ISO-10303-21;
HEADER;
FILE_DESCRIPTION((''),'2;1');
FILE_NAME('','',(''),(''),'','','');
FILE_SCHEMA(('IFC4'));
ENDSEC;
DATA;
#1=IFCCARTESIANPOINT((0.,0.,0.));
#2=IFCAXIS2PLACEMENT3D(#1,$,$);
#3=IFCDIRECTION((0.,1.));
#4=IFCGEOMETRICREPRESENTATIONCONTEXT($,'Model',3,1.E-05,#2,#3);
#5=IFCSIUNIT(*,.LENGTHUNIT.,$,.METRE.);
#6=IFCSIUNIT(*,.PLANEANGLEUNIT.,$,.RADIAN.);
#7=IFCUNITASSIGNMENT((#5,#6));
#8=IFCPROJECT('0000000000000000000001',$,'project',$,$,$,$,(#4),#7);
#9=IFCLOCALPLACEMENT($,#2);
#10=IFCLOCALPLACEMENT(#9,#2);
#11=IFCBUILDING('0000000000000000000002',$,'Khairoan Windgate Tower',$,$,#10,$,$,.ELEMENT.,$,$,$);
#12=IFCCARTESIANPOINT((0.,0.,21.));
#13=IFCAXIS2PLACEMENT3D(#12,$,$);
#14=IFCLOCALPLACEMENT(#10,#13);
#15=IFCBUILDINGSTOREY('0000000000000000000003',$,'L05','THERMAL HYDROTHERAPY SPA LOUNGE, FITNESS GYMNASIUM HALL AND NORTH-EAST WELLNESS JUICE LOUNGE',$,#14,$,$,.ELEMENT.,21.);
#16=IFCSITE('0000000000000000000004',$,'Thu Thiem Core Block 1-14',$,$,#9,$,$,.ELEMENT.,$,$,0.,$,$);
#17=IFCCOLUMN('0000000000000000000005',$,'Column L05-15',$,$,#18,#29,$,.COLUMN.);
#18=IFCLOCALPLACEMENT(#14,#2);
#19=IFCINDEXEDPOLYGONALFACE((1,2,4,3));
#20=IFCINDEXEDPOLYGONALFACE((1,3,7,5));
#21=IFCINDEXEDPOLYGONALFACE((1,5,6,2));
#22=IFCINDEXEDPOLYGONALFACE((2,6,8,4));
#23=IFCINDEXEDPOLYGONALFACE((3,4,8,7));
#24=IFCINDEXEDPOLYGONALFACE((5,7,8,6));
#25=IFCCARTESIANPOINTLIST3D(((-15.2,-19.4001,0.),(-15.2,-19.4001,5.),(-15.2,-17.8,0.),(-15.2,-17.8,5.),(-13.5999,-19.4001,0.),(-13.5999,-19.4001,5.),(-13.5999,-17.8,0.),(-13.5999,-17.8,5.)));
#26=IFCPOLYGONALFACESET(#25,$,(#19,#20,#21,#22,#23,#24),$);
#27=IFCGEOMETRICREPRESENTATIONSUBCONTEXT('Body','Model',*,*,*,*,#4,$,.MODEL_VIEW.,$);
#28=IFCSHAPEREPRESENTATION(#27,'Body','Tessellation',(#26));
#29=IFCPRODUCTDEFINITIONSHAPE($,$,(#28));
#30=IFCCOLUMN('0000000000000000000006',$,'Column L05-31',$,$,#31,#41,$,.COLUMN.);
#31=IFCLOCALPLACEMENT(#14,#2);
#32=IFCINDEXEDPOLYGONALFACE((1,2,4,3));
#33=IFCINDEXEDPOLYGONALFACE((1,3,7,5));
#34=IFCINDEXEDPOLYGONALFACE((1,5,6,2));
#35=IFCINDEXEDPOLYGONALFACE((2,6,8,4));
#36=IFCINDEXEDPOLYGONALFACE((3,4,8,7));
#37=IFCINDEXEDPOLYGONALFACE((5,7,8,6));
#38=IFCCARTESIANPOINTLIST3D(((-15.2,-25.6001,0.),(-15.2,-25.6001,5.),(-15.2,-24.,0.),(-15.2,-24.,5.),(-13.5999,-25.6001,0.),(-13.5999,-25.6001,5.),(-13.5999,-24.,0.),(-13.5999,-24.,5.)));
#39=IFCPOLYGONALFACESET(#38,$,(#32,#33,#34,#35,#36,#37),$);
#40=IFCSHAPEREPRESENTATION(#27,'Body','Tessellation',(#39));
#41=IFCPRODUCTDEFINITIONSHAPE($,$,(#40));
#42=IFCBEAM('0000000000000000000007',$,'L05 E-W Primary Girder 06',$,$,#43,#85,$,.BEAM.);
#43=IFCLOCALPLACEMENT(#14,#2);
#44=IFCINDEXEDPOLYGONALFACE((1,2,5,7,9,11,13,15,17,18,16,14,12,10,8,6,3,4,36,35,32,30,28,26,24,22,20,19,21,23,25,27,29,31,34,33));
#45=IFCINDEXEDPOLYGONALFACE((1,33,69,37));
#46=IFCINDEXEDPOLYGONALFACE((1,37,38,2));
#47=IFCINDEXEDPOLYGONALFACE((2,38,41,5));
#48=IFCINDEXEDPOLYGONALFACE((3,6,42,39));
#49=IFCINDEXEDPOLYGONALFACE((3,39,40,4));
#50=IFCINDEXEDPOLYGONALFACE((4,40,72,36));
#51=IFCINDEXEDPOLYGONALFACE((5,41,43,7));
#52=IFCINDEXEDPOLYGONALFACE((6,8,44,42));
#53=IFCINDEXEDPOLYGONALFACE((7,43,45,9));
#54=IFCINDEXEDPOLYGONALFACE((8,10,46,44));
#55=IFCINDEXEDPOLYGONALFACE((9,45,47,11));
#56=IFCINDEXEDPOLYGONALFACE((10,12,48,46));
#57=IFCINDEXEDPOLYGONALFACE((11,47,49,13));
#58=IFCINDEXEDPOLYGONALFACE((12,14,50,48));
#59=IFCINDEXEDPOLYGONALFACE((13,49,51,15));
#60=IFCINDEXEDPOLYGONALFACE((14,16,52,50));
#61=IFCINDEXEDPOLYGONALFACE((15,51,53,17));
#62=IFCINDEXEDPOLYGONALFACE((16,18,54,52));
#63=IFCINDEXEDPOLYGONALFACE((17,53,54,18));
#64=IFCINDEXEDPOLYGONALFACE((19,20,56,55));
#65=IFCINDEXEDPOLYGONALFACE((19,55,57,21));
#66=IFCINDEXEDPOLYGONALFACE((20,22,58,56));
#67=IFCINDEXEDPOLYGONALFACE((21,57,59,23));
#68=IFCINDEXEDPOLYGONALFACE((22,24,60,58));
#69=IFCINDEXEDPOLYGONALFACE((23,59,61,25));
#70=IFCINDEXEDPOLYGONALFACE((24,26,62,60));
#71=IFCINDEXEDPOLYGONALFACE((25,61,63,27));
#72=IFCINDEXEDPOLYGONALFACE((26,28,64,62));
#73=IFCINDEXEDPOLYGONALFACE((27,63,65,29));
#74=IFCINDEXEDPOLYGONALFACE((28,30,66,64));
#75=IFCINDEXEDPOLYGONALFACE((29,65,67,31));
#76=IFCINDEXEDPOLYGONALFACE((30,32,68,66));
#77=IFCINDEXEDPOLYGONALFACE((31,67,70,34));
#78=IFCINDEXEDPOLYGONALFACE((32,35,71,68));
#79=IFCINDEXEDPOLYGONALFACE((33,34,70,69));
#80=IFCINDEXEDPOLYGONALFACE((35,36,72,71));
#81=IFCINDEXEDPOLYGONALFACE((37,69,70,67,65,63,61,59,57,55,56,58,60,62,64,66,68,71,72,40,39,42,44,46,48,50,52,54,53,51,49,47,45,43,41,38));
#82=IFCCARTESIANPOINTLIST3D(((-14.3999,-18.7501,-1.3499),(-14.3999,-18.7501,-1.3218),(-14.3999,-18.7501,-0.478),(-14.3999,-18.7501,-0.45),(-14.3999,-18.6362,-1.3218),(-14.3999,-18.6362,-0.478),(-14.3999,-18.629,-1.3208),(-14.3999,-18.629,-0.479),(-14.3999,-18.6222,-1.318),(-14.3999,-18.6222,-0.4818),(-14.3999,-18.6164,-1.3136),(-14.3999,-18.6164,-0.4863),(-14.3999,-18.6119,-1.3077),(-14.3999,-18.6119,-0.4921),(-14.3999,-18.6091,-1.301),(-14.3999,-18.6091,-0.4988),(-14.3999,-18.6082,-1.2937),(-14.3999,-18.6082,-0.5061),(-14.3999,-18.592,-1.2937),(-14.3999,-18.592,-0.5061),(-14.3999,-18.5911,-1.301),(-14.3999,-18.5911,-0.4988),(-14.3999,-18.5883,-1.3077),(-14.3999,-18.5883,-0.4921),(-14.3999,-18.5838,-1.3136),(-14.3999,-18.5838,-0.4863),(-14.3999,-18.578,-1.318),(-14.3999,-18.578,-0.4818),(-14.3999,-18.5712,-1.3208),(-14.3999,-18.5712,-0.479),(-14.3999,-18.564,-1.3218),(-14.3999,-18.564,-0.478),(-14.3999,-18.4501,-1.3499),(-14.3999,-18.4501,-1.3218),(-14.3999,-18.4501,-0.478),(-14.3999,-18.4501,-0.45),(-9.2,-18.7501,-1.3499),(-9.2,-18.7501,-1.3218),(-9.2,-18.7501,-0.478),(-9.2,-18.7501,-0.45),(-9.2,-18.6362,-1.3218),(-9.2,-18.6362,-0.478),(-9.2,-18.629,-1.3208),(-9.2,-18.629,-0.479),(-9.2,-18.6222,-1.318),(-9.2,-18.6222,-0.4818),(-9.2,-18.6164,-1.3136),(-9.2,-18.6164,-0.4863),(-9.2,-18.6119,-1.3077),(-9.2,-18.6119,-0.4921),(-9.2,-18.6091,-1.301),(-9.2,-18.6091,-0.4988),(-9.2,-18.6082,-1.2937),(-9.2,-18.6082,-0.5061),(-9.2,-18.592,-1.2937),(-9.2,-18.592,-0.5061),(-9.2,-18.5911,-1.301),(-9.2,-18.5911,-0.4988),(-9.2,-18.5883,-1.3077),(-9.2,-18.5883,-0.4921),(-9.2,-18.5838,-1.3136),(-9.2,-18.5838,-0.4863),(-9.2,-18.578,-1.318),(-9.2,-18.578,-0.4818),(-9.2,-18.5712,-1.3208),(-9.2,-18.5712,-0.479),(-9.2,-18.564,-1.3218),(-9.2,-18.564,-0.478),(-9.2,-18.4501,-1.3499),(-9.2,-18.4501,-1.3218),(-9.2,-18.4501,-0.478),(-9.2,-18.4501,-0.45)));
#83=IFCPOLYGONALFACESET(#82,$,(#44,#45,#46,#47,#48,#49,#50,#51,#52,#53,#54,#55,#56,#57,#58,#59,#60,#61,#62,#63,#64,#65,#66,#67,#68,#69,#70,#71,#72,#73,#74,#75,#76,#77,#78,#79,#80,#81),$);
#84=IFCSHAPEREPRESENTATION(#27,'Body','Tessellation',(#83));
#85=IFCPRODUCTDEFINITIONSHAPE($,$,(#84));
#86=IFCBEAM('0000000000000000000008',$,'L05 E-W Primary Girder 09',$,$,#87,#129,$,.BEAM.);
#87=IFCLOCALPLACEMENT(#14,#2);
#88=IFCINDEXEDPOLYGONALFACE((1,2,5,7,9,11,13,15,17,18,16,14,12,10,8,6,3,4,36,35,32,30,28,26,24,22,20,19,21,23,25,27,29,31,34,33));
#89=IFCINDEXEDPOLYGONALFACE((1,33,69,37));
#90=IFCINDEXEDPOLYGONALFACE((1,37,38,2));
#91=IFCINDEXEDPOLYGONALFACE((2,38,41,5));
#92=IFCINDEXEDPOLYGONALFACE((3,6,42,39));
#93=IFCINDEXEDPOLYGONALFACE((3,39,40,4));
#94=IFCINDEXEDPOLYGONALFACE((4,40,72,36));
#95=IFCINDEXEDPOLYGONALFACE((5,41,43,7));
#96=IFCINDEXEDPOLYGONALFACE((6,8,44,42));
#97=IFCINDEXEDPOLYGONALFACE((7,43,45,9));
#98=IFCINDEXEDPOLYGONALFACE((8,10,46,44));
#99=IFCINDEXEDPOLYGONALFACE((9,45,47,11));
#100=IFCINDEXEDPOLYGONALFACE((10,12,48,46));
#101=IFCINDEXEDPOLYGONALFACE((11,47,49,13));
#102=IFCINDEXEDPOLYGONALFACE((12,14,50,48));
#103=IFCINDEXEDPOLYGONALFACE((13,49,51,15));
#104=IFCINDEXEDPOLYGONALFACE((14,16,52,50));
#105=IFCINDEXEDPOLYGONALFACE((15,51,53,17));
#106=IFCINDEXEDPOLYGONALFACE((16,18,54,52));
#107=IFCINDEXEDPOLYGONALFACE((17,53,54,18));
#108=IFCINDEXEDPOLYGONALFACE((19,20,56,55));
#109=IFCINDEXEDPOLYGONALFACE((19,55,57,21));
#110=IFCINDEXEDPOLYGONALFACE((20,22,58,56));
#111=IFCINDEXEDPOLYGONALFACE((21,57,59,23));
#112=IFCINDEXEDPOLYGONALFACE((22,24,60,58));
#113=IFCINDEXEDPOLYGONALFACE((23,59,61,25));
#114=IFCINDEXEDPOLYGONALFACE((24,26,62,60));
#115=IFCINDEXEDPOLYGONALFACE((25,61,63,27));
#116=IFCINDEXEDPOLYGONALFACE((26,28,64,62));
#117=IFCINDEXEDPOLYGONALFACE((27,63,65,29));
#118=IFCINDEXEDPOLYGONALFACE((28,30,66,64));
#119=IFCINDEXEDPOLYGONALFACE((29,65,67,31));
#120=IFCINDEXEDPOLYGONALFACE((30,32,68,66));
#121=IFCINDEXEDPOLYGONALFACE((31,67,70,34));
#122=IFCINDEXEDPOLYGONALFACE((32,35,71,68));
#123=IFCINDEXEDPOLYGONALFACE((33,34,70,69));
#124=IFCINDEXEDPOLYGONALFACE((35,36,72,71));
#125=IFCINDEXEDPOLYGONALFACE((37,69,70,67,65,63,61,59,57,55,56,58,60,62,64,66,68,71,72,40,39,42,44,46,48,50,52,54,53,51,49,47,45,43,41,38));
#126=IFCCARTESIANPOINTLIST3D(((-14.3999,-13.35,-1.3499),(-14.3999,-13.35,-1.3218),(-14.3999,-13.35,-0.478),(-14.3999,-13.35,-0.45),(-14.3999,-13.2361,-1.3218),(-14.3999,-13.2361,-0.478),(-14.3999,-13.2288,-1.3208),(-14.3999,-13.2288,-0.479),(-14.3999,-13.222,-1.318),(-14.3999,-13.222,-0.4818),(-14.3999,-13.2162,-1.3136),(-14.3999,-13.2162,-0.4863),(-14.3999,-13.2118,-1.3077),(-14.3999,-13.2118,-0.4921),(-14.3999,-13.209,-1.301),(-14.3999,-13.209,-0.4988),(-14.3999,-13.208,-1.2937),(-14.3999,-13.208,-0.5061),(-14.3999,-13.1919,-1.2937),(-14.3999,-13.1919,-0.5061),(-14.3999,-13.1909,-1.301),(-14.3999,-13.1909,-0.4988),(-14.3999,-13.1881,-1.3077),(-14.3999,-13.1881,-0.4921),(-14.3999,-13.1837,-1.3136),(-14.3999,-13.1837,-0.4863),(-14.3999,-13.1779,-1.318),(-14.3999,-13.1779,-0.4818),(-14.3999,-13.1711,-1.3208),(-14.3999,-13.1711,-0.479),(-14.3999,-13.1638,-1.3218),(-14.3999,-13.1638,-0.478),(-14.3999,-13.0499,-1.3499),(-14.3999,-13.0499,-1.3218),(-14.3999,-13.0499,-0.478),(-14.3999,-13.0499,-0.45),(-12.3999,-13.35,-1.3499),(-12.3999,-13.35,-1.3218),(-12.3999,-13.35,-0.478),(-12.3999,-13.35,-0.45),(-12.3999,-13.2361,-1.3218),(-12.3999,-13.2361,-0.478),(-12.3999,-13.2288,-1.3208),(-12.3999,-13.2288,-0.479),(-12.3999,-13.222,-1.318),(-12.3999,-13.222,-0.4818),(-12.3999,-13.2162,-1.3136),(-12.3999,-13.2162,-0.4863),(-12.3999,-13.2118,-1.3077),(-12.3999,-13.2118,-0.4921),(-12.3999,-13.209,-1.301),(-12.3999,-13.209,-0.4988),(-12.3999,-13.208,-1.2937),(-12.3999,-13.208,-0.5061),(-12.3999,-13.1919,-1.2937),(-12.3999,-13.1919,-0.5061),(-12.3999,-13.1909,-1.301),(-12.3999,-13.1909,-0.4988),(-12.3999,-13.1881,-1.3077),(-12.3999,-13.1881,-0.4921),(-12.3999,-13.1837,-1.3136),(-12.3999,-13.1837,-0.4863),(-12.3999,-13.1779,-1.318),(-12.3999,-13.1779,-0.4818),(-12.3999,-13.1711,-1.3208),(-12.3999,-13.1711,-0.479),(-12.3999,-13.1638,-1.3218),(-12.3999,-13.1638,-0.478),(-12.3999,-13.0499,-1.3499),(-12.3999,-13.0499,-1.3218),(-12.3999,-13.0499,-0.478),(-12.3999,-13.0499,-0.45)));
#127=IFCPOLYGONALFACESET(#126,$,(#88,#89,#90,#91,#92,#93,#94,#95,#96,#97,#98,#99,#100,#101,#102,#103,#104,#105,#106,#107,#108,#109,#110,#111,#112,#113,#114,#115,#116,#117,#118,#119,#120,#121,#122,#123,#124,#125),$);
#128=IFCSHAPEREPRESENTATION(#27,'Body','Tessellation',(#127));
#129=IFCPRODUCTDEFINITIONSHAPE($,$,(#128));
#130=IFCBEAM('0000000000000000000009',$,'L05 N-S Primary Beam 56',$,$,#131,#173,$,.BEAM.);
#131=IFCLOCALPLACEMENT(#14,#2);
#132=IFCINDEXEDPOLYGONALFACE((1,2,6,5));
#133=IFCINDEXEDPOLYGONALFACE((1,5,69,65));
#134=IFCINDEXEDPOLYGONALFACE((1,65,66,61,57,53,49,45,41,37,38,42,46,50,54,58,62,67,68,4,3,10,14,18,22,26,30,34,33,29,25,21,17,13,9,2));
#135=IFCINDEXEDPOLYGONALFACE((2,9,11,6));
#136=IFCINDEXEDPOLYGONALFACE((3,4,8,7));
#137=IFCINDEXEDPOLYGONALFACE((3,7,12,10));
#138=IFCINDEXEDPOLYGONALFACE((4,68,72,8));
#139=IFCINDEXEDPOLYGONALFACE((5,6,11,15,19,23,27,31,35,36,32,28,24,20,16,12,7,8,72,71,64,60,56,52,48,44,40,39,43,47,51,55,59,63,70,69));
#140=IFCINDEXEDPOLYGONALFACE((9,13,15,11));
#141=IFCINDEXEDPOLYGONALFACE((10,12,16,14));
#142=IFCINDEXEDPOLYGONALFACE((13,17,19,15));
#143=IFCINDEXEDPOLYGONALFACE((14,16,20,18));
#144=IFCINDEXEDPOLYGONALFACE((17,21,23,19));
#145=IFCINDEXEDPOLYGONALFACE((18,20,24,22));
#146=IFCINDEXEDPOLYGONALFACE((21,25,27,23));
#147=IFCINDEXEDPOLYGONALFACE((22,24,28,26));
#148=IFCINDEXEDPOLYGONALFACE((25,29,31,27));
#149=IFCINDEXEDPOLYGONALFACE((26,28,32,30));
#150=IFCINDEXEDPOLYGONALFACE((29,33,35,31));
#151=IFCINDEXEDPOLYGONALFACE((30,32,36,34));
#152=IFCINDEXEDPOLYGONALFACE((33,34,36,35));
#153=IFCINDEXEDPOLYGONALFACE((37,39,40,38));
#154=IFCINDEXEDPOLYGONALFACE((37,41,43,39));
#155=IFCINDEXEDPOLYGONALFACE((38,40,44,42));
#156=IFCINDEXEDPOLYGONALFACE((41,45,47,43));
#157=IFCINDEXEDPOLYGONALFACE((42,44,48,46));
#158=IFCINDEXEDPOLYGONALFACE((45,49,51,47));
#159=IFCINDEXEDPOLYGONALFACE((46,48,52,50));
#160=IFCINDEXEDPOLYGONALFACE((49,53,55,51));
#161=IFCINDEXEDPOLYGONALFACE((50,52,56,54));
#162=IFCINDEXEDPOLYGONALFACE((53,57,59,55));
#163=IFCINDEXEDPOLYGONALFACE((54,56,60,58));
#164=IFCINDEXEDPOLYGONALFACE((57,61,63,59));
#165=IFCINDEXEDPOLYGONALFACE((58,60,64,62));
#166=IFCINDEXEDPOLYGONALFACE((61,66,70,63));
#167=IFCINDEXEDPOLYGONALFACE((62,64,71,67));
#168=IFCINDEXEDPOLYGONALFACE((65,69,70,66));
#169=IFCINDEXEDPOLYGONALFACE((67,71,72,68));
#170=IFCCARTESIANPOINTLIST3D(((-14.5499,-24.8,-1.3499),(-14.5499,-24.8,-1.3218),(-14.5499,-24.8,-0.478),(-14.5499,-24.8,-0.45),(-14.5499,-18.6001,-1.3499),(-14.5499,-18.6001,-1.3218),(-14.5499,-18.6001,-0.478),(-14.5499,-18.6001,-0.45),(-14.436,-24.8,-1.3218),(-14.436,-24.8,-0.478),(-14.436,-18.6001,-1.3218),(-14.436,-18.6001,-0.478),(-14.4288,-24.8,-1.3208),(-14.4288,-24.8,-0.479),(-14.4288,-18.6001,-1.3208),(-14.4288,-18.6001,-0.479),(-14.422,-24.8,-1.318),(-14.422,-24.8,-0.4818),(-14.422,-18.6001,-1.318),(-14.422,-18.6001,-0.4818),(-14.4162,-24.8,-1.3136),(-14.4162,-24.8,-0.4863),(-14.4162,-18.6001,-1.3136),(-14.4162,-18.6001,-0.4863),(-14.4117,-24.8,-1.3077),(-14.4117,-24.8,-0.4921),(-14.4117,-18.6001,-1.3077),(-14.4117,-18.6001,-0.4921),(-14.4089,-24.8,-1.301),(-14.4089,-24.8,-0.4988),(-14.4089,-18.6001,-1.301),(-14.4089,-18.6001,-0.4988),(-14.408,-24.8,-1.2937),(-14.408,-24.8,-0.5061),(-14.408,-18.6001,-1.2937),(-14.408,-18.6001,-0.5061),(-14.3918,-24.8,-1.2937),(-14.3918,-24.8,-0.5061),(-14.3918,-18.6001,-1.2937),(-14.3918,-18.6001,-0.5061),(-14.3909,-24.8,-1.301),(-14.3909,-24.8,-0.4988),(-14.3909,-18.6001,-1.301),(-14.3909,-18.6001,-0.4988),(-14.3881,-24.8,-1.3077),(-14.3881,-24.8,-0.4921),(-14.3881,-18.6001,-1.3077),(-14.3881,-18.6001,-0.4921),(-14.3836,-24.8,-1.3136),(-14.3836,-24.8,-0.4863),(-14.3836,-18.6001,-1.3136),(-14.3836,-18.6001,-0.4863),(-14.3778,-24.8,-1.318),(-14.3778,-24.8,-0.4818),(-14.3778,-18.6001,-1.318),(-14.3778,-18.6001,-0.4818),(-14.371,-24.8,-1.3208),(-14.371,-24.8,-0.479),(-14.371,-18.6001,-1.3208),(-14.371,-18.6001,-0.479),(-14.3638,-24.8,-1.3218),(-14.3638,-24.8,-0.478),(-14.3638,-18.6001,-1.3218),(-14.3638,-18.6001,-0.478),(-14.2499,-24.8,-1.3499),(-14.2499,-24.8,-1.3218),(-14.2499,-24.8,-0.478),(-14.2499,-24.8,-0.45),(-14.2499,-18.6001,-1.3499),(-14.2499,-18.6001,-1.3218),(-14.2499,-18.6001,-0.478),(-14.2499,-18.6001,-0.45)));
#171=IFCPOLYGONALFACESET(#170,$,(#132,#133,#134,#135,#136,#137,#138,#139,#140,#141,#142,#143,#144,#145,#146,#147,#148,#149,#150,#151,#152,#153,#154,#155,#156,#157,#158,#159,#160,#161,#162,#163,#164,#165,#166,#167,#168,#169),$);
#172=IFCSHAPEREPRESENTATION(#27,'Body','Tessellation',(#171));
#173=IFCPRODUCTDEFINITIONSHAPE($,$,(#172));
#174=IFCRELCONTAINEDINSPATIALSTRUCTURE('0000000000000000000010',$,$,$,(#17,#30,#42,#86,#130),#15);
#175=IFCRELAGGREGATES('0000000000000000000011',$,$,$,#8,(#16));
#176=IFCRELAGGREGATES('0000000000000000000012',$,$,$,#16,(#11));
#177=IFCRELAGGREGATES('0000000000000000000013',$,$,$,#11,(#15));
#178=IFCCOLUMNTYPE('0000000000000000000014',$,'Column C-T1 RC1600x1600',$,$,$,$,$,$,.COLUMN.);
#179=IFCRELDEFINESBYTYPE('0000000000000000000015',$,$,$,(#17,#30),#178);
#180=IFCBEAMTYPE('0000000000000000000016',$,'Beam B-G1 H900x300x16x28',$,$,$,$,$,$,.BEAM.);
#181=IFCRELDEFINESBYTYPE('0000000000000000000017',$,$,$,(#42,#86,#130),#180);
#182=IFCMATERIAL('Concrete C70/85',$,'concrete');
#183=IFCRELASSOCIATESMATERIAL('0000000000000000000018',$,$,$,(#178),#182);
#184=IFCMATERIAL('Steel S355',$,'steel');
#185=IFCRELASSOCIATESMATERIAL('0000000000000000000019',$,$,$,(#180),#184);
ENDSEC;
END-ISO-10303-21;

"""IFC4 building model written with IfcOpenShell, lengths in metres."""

from ifc_helpers import new_model, si_unit, direction, frame, origin, origin_2d, place, context, subcontext, project, spatial, rectangle, i_section, extrude, material, material_profile, profile_set, type_object, element, save


model = new_model("IFC4")

# Units and contexts
model_context = context("Model", 3, precision=1e-05, world=origin(), true_north=direction((0.0, 1.0)))
body_context = subcontext(model_context, "Body", "Model", "MODEL_VIEW")
ifc_project = project(units=[si_unit("LENGTHUNIT", "METRE"), si_unit("PLANEANGLEUNIT", "RADIAN")], contexts=[model_context])

# Site, building, storey
site_placement = place(None, origin())
site = spatial("IfcSite", under=ifc_project, at=site_placement, Name="Thu Thiem Core Block 1-14", CompositionType="ELEMENT", RefElevation=0.0)
building_placement = place(site_placement, origin())
building = spatial("IfcBuilding", under=site, at=building_placement, Name="Khairoan Windgate Tower", CompositionType="ELEMENT")
storey_placement = place(building_placement, frame((0.0, 0.0, 21.0)))
storey = spatial("IfcBuildingStorey", under=building, at=storey_placement, Name="L05", Description="THERMAL HYDROTHERAPY SPA LOUNGE, FITNESS GYMNASIUM HALL AND NORTH-EAST WELLNESS JUICE LOUNGE", CompositionType="ELEMENT", Elevation=21.0)

# Columns
ifc_material_1 = material(Name="Concrete C70/85", Category="concrete")
ifc_material_profile_1 = material_profile(ifc_material_1, rectangle(XDim=1.6001, YDim=1.6001, at=origin_2d()))
ifc_profile_set_1 = profile_set([ifc_material_profile_1], Name="Concrete C70/85")
column_type = type_object("IfcColumnType", Name="Column C-T1 RC1600x1600", PredefinedType="COLUMN", material=ifc_profile_set_1)
for number, where, z_axis, x_axis, name in (
    (1, (-14.3999, -18.6001, 0.0), (0.0, 0.0, 1.0), (1.0, 0.0, 0.0), "Column L05-15"),
    (2, (-14.3999, -24.8, 0.0), (0.0, 0.0, 1.0), (1.0, 0.0, 0.0), "Column L05-31"),
):
    element("IfcColumn", number, at=place(storey_placement, frame(where, z_axis=z_axis, x_axis=x_axis)), inside=storey, type_object=column_type, Name=name, PredefinedType="COLUMN", context=body_context, shape_type="SweptSolid", body=[
        extrude(rectangle(XDim=1.6001, YDim=1.6001, at=origin_2d()), origin(), (0.0, 0.0, 1.0), 5.0),
    ])

# Beams
ifc_material_2 = material(Name="Steel S355", Category="steel")
ifc_material_profile_2 = material_profile(ifc_material_2, i_section(OverallWidth=0.3, OverallDepth=0.8999, WebThickness=0.0161, FlangeThickness=0.0281, FilletRadius=0.0281, at=origin_2d()))
ifc_profile_set_2 = profile_set([ifc_material_profile_2], Name="Steel S355")
beam_type_1 = type_object("IfcBeamType", Name="Beam B-G1 H900x300x16x28", PredefinedType="BEAM", material=ifc_profile_set_2)
beam_1_placement = place(storey_placement, frame((-14.3999, -18.6001, -0.8999), z_axis=(1.0, 0.0, 0.0), x_axis=(0.0, 1.0, 0.0)))
element("IfcBeam", 3, at=beam_1_placement, inside=storey, type_object=beam_type_1, Name="L05 E-W Primary Girder 06", PredefinedType="BEAM", context=body_context, shape_type="SweptSolid", body=[
    extrude(i_section(OverallWidth=0.3, OverallDepth=0.8999, WebThickness=0.0161, FlangeThickness=0.0281, FilletRadius=0.0281, at=origin_2d()), origin(), (0.0, 0.0, 1.0), 5.2),
])
beam_2_placement = place(storey_placement, frame((-14.3999, -13.2, -0.8999), z_axis=(1.0, 0.0, 0.0), x_axis=(0.0, 1.0, 0.0)))
element("IfcBeam", 4, at=beam_2_placement, inside=storey, type_object=beam_type_1, Name="L05 E-W Primary Girder 09", PredefinedType="BEAM", context=body_context, shape_type="SweptSolid", body=[
    extrude(i_section(OverallWidth=0.3, OverallDepth=0.8999, WebThickness=0.0161, FlangeThickness=0.0281, FilletRadius=0.0281, at=origin_2d()), origin(), (0.0, 0.0, 1.0), 2.0),
])
beam_3_placement = place(storey_placement, frame((-14.3999, -24.8, -0.8999), z_axis=(0.0, 1.0, 0.0), x_axis=(-1.0, 0.0, 0.0)))
element("IfcBeam", 5, at=beam_3_placement, inside=storey, type_object=beam_type_1, Name="L05 N-S Primary Beam 56", PredefinedType="BEAM", context=body_context, shape_type="SweptSolid", body=[
    extrude(i_section(OverallWidth=0.3, OverallDepth=0.8999, WebThickness=0.0161, FlangeThickness=0.0281, FilletRadius=0.0281, at=origin_2d()), origin(), (0.0, 0.0, 1.0), 6.2),
])

save(model, "model.ifc")
